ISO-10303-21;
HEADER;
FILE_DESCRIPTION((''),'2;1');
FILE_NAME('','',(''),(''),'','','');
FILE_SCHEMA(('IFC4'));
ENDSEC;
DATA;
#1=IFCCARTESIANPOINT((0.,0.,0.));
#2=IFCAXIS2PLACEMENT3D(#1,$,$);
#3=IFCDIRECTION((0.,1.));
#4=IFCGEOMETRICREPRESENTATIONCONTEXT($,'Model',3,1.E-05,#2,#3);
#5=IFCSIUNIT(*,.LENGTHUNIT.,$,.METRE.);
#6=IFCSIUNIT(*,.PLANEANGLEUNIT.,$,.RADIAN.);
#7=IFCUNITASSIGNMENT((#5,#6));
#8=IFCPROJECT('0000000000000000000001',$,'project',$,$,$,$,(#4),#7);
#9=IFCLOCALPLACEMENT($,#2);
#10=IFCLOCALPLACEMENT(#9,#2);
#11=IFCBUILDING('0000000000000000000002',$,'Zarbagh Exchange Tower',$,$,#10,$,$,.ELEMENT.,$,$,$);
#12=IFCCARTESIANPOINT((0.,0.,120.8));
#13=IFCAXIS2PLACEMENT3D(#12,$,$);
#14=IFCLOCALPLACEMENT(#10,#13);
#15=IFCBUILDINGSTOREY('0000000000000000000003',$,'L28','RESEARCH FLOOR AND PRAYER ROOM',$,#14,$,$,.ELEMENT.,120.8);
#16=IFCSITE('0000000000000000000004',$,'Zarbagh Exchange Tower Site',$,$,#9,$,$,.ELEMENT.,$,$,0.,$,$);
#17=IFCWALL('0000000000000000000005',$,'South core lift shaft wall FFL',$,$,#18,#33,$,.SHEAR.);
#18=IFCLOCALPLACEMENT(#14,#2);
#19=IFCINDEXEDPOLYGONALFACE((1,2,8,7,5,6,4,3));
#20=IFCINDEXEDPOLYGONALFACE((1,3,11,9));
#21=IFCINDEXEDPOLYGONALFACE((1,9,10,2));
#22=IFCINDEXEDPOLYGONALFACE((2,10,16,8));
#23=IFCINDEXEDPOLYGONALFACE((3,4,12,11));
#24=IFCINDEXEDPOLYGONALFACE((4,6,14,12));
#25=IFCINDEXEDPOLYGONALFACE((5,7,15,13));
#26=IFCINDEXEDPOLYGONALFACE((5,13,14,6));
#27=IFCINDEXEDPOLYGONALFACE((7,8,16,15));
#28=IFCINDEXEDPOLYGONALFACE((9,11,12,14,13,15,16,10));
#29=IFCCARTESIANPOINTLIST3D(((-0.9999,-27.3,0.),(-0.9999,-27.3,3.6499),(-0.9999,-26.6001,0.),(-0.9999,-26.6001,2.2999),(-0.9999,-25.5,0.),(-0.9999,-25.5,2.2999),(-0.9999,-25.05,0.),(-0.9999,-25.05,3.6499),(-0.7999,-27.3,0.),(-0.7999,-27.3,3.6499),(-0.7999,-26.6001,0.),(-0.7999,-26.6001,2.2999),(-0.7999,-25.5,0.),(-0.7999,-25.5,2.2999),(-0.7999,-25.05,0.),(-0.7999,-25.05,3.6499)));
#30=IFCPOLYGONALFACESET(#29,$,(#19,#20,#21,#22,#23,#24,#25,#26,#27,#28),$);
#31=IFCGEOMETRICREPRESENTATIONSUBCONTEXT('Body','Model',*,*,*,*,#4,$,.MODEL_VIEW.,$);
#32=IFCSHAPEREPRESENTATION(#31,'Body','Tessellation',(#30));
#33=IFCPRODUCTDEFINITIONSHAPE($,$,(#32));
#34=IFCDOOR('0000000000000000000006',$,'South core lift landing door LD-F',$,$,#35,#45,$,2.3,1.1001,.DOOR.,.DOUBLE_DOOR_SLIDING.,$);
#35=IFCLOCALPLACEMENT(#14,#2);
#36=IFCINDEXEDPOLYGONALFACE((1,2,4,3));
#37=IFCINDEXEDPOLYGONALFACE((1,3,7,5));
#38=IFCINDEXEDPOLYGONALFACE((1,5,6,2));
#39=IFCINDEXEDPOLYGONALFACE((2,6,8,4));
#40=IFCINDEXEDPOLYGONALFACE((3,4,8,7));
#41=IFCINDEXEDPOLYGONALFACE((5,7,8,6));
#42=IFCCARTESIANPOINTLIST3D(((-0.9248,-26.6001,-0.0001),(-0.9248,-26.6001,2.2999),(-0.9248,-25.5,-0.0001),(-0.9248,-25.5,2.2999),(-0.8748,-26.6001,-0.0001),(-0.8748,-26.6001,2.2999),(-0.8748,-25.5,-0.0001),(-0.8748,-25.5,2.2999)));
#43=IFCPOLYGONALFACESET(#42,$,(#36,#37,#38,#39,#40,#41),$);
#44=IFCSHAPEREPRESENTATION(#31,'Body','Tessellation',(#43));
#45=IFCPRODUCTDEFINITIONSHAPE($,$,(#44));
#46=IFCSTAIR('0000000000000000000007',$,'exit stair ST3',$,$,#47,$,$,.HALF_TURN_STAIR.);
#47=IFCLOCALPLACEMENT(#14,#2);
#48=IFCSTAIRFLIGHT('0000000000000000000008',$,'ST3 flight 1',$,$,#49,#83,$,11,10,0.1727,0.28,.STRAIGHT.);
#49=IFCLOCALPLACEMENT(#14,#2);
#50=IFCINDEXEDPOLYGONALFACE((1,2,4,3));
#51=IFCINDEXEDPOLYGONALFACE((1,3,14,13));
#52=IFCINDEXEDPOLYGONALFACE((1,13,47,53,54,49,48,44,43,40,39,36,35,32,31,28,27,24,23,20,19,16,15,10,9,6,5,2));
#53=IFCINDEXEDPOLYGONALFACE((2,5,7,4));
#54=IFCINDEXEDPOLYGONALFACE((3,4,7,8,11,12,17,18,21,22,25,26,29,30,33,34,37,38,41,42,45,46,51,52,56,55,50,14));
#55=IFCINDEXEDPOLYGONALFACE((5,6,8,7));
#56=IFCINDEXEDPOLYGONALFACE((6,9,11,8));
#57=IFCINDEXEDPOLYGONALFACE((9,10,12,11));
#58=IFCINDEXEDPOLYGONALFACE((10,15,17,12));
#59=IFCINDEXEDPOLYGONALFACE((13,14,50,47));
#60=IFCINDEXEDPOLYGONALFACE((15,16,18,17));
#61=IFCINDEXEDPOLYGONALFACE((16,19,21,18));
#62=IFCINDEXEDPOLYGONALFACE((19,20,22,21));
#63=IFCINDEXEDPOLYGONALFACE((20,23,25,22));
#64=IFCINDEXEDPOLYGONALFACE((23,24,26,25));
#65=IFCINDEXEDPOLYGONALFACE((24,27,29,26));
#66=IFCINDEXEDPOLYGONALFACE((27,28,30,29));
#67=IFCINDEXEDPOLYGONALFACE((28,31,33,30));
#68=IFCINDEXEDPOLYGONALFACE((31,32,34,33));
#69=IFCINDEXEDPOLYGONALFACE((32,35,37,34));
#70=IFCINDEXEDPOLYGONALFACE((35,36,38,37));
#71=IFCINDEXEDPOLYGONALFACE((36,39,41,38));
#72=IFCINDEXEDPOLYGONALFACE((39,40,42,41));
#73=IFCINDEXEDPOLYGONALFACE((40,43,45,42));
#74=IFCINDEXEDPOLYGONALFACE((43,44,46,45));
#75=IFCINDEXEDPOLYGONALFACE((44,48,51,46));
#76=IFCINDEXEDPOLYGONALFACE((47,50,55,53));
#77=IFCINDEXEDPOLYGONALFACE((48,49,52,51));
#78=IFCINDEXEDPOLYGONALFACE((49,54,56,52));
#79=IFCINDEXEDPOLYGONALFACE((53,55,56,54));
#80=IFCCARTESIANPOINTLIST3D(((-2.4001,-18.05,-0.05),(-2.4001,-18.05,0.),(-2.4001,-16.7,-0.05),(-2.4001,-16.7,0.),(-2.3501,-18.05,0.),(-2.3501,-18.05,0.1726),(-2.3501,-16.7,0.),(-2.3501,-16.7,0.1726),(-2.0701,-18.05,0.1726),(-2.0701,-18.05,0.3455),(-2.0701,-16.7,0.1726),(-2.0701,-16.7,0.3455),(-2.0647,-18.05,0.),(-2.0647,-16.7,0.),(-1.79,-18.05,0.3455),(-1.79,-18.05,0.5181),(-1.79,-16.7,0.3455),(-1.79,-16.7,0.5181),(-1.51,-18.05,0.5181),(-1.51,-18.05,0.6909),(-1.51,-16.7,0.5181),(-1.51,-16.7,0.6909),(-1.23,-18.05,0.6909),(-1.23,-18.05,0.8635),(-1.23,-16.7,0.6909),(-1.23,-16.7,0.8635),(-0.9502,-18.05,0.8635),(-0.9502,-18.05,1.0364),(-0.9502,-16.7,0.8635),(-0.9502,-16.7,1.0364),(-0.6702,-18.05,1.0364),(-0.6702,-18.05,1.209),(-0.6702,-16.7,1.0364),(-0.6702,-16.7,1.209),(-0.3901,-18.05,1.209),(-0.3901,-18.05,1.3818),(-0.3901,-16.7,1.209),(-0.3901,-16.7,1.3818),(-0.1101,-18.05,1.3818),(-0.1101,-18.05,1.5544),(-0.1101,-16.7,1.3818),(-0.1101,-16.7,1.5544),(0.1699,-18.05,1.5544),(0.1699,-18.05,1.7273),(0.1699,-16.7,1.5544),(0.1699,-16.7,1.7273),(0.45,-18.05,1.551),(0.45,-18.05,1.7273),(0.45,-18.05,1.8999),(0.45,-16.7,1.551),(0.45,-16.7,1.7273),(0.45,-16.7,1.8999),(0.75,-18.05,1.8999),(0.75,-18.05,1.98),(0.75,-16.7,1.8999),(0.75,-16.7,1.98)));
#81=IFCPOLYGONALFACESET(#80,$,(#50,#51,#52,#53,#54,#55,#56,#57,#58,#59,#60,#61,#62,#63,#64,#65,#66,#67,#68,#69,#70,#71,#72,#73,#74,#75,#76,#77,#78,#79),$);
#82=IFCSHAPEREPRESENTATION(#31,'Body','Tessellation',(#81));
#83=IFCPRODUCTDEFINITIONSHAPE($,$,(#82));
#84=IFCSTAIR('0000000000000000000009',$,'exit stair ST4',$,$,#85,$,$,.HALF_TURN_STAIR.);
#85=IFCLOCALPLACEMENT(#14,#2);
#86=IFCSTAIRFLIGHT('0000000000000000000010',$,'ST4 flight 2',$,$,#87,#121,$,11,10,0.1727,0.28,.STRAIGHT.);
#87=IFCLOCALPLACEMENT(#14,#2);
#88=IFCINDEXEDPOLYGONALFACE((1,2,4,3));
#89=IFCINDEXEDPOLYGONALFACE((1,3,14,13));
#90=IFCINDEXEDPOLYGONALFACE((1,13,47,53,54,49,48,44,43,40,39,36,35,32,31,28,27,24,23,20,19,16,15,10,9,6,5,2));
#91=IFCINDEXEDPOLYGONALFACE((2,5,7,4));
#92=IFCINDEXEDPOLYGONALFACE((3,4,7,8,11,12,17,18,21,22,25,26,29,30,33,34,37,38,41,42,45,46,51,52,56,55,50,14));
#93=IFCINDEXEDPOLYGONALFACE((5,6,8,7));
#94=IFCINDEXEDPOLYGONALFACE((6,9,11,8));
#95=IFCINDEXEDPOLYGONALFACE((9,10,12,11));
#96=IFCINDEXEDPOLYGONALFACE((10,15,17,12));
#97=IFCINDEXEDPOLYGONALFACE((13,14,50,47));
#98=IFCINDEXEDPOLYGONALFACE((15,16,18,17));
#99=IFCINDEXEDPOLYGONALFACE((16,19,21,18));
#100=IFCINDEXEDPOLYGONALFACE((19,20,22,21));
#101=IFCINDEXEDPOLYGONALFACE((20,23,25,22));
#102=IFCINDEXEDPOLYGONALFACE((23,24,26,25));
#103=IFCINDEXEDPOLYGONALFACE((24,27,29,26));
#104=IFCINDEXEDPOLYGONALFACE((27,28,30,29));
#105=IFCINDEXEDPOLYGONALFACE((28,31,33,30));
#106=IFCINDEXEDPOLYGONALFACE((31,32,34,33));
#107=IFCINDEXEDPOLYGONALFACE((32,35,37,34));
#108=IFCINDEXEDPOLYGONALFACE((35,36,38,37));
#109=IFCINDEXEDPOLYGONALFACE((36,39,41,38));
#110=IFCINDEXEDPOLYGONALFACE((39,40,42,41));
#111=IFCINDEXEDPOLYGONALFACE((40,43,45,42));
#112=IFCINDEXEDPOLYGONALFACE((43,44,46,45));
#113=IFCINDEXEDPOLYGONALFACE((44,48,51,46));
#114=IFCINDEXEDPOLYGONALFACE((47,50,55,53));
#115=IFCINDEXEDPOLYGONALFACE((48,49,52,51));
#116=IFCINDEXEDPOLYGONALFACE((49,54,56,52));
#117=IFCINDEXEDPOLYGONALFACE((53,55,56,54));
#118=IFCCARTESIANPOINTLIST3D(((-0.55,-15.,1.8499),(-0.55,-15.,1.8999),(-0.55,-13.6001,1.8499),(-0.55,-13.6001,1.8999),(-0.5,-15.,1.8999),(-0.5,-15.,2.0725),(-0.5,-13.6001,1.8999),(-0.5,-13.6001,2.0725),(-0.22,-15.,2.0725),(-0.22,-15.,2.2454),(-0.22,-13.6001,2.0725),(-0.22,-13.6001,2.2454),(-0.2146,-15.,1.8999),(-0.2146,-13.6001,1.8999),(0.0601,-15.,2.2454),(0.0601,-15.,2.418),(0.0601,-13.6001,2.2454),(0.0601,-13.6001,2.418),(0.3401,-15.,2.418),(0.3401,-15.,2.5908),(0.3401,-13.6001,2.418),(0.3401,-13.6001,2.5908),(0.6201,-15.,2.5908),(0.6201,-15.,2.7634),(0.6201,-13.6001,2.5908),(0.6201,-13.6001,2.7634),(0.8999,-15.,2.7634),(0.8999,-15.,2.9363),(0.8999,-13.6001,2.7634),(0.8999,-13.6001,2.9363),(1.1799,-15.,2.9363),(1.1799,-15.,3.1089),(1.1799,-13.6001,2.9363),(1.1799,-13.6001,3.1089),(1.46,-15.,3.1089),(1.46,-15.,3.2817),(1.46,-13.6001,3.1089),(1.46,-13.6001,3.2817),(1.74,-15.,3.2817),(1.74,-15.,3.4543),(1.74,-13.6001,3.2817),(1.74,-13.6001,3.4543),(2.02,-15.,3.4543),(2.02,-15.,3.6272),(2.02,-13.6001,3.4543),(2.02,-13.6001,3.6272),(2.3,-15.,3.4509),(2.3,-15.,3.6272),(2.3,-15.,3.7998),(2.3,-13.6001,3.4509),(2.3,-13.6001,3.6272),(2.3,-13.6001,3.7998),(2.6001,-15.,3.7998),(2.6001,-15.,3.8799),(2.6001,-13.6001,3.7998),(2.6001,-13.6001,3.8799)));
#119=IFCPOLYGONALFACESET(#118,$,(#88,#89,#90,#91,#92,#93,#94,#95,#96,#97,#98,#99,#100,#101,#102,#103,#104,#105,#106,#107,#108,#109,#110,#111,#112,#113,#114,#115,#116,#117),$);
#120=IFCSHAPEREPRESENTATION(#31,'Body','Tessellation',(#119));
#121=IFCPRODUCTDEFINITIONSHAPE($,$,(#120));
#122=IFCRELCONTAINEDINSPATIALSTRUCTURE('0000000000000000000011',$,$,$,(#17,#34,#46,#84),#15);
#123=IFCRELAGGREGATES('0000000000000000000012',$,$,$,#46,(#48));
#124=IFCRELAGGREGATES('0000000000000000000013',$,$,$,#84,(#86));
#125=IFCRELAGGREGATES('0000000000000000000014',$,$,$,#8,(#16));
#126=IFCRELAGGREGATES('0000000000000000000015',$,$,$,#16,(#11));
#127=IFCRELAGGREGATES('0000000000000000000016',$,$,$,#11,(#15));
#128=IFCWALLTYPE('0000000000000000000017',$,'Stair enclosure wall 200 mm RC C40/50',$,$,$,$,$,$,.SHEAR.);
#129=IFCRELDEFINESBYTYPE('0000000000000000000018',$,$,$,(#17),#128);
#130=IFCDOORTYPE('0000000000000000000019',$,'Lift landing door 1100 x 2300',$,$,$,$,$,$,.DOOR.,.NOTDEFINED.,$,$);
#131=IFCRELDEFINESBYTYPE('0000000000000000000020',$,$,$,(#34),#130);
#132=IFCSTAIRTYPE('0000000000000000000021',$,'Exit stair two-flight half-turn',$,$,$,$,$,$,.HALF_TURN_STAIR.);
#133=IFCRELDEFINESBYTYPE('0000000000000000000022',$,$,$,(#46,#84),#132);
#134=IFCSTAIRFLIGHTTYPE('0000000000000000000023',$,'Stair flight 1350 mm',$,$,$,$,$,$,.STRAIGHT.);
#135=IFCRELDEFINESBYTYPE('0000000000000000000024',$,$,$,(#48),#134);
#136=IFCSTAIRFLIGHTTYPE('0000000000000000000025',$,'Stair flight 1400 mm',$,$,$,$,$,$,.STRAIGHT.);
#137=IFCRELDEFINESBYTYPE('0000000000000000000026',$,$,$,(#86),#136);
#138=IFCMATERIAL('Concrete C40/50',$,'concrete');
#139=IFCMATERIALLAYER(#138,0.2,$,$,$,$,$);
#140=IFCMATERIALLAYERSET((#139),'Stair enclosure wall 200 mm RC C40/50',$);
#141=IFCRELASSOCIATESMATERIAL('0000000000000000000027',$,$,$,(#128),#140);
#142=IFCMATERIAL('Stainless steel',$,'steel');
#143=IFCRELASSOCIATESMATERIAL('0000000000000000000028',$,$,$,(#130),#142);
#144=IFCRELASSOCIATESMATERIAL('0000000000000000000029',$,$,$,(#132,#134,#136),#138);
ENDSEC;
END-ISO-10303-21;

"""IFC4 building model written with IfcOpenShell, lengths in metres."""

from ifc_helpers import new_model, si_unit, direction, frame, frame_2d, origin, place, context, subcontext, project, spatial, polyline, rectangle, outline, extrude, material, layer, layer_set, type_object, element, fill, aggregate, save


model = new_model("IFC4")

# Units and contexts
model_context = context("Model", 3, precision=1e-05, world=origin(), true_north=direction((0.0, 1.0)))
body_context = subcontext(model_context, "Body", "Model", "MODEL_VIEW")
ifc_project = project(units=[si_unit("LENGTHUNIT", "METRE"), si_unit("PLANEANGLEUNIT", "RADIAN")], contexts=[model_context])

# Site, building, storey
site_placement = place(None, origin())
site = spatial("IfcSite", under=ifc_project, at=site_placement, Name="Zarbagh Exchange Tower Site", CompositionType="ELEMENT", RefElevation=0.0)
building_placement = place(site_placement, origin())
building = spatial("IfcBuilding", under=site, at=building_placement, Name="Zarbagh Exchange Tower", CompositionType="ELEMENT")
storey_placement = place(building_placement, frame((0.0, 0.0, 120.8)))
storey = spatial("IfcBuildingStorey", under=building, at=storey_placement, Name="L28", Description="RESEARCH FLOOR AND PRAYER ROOM", CompositionType="ELEMENT", Elevation=120.8)

# Shared definitions
ifc_material_1 = material(Name="Concrete C40/50", Category="concrete")

# Wall, opening, door
ifc_layer_1 = layer(ifc_material_1, 0.2)
ifc_layer_set_1 = layer_set([ifc_layer_1], Name="Stair enclosure wall 200 mm RC C40/50")
wall_type_1 = type_object("IfcWallType", Name="Stair enclosure wall 200 mm RC C40/50", PredefinedType="SHEAR", material=ifc_layer_set_1)
wall_1_placement = place(storey_placement, frame((-0.8999, -27.3, 0.0), z_axis=(0.0, 0.0, 1.0), x_axis=(0.0, 1.0, 0.0)))
wall_1 = element("IfcWall", 1, at=wall_1_placement, inside=storey, type_object=wall_type_1, Name="South core lift shaft wall FFL", PredefinedType="SHEAR", context=body_context, shape_type="SweptSolid", body=[
    extrude(rectangle(XDim=2.25, YDim=0.2, at=frame_2d((1.125, 0.0))), origin(), (0.0, 0.0, 1.0), 3.6499),
])
opening_1_placement = place(wall_1_placement, frame((0.7, 0.0, 0.0)))
opening_1 = element("IfcOpeningElement", 2, at=opening_1_placement, cuts=wall_1, PredefinedType="OPENING", context=body_context, shape_type="SweptSolid", body=[
    extrude(rectangle(XDim=1.1001, YDim=2.3, at=frame_2d((0.55, 1.1499))), frame((0.0, 0.1099, 0.0), z_axis=(0.0, -1.0, 0.0), x_axis=(1.0, 0.0, 0.0)), (0.0, 0.0, 1.0), 0.22),
])
ifc_material_2 = material(Name="Stainless steel", Category="steel")
door_type_1 = type_object("IfcDoorType", Name="Lift landing door 1100 x 2300", OperationType="NOTDEFINED", PredefinedType="DOOR", material=ifc_material_2)
door_1_placement = place(opening_1_placement, origin())
door_1 = element("IfcDoor", 3, at=door_1_placement, inside=storey, type_object=door_type_1, Name="South core lift landing door LD-F", OperationType="DOUBLE_DOOR_SLIDING", OverallHeight=2.3, OverallWidth=1.1001, PredefinedType="DOOR", context=body_context, shape_type="SweptSolid", body=[
    extrude(rectangle(XDim=1.1001, YDim=2.3, at=frame_2d((0.55, 1.1499))), frame((0.0, 0.0249, 0.0), z_axis=(0.0, -1.0, 0.0), x_axis=(1.0, 0.0, 0.0)), (0.0, 0.0, 1.0), 0.05),
])
fill(opening_1, door_1)

# Stairs, stair flights
stair_type = type_object("IfcStairType", Name="Exit stair two-flight half-turn", PredefinedType="HALF_TURN_STAIR", material=ifc_material_1)
stair_1_placement = place(storey_placement, origin())
stair_1 = element("IfcStair", 4, at=stair_1_placement, inside=storey, type_object=stair_type, Name="exit stair ST3", PredefinedType="HALF_TURN_STAIR")
stair_flight_type_1 = type_object("IfcStairFlightType", Name="Stair flight 1350 mm", PredefinedType="STRAIGHT", material=ifc_material_1)
stair_flight_1_placement = place(storey_placement, frame((-2.3501, -17.375, 0.0), z_axis=(0.0, 0.0, 1.0), x_axis=(1.0, 0.0, 0.0)))
stair_flight_1 = element("IfcStairFlight", 5, at=stair_flight_1_placement, type_object=stair_flight_type_1, Name="ST3 flight 1", NumberOfRisers=11, NumberOfTreads=10, PredefinedType="STRAIGHT", RiserHeight=0.1727, TreadLength=0.28, context=body_context, shape_type="SweptSolid", body=[
    extrude(outline(polyline([(-0.05, -0.05), (-0.05, 0.0), (0.0, 0.0), (0.0, 0.1726), (0.28, 0.1726), (0.28, 0.3455), (0.5601, 0.3455), (0.5601, 0.5181), (0.8401, 0.5181), (0.8401, 0.6909), (1.1201, 0.6909), (1.1201, 0.8635), (1.3999, 0.8635), (1.3999, 1.0364), (1.6799, 1.0364), (1.6799, 1.209), (1.96, 1.209), (1.96, 1.3818), (2.24, 1.3818), (2.24, 1.5544), (2.52, 1.5544), (2.52, 1.7273), (2.8, 1.7273), (2.8, 1.8999), (3.1001, 1.98), (3.1001, 1.8999), (2.8, 1.551), (0.2854, 0.0), (-0.05, -0.05)])), frame((0.0, 0.675, 0.0), z_axis=(0.0, -1.0, 0.0), x_axis=(1.0, 0.0, 0.0)), (0.0, 0.0, 1.0), 1.3501),
])
aggregate(stair_1, [stair_flight_1])
stair_2_placement = place(storey_placement, origin())
stair_2 = element("IfcStair", 6, at=stair_2_placement, inside=storey, type_object=stair_type, Name="exit stair ST4", PredefinedType="HALF_TURN_STAIR")
stair_flight_type_2 = type_object("IfcStairFlightType", Name="Stair flight 1400 mm", PredefinedType="STRAIGHT", material=ifc_material_1)
stair_flight_2_placement = place(storey_placement, frame((-0.5, -14.3, 1.8999), z_axis=(0.0, 0.0, 1.0), x_axis=(1.0, 0.0, 0.0)))
stair_flight_2 = element("IfcStairFlight", 7, at=stair_flight_2_placement, type_object=stair_flight_type_2, Name="ST4 flight 2", NumberOfRisers=11, NumberOfTreads=10, PredefinedType="STRAIGHT", RiserHeight=0.1727, TreadLength=0.28, context=body_context, shape_type="SweptSolid", body=[
    extrude(outline(polyline([(-0.05, -0.05), (-0.05, 0.0), (0.0, 0.0), (0.0, 0.1726), (0.28, 0.1726), (0.28, 0.3455), (0.5601, 0.3455), (0.5601, 0.5181), (0.8401, 0.5181), (0.8401, 0.6909), (1.1201, 0.6909), (1.1201, 0.8635), (1.3999, 0.8635), (1.3999, 1.0364), (1.6799, 1.0364), (1.6799, 1.209), (1.96, 1.209), (1.96, 1.3818), (2.24, 1.3818), (2.24, 1.5544), (2.52, 1.5544), (2.52, 1.7273), (2.8, 1.7273), (2.8, 1.8999), (3.1001, 1.98), (3.1001, 1.8999), (2.8, 1.551), (0.2854, 0.0), (-0.05, -0.05)])), frame((0.0, 0.7, 0.0), z_axis=(0.0, -1.0, 0.0), x_axis=(1.0, 0.0, 0.0)), (0.0, 0.0, 1.0), 1.3999),
])
aggregate(stair_2, [stair_flight_2])

save(model, "model.ifc")
